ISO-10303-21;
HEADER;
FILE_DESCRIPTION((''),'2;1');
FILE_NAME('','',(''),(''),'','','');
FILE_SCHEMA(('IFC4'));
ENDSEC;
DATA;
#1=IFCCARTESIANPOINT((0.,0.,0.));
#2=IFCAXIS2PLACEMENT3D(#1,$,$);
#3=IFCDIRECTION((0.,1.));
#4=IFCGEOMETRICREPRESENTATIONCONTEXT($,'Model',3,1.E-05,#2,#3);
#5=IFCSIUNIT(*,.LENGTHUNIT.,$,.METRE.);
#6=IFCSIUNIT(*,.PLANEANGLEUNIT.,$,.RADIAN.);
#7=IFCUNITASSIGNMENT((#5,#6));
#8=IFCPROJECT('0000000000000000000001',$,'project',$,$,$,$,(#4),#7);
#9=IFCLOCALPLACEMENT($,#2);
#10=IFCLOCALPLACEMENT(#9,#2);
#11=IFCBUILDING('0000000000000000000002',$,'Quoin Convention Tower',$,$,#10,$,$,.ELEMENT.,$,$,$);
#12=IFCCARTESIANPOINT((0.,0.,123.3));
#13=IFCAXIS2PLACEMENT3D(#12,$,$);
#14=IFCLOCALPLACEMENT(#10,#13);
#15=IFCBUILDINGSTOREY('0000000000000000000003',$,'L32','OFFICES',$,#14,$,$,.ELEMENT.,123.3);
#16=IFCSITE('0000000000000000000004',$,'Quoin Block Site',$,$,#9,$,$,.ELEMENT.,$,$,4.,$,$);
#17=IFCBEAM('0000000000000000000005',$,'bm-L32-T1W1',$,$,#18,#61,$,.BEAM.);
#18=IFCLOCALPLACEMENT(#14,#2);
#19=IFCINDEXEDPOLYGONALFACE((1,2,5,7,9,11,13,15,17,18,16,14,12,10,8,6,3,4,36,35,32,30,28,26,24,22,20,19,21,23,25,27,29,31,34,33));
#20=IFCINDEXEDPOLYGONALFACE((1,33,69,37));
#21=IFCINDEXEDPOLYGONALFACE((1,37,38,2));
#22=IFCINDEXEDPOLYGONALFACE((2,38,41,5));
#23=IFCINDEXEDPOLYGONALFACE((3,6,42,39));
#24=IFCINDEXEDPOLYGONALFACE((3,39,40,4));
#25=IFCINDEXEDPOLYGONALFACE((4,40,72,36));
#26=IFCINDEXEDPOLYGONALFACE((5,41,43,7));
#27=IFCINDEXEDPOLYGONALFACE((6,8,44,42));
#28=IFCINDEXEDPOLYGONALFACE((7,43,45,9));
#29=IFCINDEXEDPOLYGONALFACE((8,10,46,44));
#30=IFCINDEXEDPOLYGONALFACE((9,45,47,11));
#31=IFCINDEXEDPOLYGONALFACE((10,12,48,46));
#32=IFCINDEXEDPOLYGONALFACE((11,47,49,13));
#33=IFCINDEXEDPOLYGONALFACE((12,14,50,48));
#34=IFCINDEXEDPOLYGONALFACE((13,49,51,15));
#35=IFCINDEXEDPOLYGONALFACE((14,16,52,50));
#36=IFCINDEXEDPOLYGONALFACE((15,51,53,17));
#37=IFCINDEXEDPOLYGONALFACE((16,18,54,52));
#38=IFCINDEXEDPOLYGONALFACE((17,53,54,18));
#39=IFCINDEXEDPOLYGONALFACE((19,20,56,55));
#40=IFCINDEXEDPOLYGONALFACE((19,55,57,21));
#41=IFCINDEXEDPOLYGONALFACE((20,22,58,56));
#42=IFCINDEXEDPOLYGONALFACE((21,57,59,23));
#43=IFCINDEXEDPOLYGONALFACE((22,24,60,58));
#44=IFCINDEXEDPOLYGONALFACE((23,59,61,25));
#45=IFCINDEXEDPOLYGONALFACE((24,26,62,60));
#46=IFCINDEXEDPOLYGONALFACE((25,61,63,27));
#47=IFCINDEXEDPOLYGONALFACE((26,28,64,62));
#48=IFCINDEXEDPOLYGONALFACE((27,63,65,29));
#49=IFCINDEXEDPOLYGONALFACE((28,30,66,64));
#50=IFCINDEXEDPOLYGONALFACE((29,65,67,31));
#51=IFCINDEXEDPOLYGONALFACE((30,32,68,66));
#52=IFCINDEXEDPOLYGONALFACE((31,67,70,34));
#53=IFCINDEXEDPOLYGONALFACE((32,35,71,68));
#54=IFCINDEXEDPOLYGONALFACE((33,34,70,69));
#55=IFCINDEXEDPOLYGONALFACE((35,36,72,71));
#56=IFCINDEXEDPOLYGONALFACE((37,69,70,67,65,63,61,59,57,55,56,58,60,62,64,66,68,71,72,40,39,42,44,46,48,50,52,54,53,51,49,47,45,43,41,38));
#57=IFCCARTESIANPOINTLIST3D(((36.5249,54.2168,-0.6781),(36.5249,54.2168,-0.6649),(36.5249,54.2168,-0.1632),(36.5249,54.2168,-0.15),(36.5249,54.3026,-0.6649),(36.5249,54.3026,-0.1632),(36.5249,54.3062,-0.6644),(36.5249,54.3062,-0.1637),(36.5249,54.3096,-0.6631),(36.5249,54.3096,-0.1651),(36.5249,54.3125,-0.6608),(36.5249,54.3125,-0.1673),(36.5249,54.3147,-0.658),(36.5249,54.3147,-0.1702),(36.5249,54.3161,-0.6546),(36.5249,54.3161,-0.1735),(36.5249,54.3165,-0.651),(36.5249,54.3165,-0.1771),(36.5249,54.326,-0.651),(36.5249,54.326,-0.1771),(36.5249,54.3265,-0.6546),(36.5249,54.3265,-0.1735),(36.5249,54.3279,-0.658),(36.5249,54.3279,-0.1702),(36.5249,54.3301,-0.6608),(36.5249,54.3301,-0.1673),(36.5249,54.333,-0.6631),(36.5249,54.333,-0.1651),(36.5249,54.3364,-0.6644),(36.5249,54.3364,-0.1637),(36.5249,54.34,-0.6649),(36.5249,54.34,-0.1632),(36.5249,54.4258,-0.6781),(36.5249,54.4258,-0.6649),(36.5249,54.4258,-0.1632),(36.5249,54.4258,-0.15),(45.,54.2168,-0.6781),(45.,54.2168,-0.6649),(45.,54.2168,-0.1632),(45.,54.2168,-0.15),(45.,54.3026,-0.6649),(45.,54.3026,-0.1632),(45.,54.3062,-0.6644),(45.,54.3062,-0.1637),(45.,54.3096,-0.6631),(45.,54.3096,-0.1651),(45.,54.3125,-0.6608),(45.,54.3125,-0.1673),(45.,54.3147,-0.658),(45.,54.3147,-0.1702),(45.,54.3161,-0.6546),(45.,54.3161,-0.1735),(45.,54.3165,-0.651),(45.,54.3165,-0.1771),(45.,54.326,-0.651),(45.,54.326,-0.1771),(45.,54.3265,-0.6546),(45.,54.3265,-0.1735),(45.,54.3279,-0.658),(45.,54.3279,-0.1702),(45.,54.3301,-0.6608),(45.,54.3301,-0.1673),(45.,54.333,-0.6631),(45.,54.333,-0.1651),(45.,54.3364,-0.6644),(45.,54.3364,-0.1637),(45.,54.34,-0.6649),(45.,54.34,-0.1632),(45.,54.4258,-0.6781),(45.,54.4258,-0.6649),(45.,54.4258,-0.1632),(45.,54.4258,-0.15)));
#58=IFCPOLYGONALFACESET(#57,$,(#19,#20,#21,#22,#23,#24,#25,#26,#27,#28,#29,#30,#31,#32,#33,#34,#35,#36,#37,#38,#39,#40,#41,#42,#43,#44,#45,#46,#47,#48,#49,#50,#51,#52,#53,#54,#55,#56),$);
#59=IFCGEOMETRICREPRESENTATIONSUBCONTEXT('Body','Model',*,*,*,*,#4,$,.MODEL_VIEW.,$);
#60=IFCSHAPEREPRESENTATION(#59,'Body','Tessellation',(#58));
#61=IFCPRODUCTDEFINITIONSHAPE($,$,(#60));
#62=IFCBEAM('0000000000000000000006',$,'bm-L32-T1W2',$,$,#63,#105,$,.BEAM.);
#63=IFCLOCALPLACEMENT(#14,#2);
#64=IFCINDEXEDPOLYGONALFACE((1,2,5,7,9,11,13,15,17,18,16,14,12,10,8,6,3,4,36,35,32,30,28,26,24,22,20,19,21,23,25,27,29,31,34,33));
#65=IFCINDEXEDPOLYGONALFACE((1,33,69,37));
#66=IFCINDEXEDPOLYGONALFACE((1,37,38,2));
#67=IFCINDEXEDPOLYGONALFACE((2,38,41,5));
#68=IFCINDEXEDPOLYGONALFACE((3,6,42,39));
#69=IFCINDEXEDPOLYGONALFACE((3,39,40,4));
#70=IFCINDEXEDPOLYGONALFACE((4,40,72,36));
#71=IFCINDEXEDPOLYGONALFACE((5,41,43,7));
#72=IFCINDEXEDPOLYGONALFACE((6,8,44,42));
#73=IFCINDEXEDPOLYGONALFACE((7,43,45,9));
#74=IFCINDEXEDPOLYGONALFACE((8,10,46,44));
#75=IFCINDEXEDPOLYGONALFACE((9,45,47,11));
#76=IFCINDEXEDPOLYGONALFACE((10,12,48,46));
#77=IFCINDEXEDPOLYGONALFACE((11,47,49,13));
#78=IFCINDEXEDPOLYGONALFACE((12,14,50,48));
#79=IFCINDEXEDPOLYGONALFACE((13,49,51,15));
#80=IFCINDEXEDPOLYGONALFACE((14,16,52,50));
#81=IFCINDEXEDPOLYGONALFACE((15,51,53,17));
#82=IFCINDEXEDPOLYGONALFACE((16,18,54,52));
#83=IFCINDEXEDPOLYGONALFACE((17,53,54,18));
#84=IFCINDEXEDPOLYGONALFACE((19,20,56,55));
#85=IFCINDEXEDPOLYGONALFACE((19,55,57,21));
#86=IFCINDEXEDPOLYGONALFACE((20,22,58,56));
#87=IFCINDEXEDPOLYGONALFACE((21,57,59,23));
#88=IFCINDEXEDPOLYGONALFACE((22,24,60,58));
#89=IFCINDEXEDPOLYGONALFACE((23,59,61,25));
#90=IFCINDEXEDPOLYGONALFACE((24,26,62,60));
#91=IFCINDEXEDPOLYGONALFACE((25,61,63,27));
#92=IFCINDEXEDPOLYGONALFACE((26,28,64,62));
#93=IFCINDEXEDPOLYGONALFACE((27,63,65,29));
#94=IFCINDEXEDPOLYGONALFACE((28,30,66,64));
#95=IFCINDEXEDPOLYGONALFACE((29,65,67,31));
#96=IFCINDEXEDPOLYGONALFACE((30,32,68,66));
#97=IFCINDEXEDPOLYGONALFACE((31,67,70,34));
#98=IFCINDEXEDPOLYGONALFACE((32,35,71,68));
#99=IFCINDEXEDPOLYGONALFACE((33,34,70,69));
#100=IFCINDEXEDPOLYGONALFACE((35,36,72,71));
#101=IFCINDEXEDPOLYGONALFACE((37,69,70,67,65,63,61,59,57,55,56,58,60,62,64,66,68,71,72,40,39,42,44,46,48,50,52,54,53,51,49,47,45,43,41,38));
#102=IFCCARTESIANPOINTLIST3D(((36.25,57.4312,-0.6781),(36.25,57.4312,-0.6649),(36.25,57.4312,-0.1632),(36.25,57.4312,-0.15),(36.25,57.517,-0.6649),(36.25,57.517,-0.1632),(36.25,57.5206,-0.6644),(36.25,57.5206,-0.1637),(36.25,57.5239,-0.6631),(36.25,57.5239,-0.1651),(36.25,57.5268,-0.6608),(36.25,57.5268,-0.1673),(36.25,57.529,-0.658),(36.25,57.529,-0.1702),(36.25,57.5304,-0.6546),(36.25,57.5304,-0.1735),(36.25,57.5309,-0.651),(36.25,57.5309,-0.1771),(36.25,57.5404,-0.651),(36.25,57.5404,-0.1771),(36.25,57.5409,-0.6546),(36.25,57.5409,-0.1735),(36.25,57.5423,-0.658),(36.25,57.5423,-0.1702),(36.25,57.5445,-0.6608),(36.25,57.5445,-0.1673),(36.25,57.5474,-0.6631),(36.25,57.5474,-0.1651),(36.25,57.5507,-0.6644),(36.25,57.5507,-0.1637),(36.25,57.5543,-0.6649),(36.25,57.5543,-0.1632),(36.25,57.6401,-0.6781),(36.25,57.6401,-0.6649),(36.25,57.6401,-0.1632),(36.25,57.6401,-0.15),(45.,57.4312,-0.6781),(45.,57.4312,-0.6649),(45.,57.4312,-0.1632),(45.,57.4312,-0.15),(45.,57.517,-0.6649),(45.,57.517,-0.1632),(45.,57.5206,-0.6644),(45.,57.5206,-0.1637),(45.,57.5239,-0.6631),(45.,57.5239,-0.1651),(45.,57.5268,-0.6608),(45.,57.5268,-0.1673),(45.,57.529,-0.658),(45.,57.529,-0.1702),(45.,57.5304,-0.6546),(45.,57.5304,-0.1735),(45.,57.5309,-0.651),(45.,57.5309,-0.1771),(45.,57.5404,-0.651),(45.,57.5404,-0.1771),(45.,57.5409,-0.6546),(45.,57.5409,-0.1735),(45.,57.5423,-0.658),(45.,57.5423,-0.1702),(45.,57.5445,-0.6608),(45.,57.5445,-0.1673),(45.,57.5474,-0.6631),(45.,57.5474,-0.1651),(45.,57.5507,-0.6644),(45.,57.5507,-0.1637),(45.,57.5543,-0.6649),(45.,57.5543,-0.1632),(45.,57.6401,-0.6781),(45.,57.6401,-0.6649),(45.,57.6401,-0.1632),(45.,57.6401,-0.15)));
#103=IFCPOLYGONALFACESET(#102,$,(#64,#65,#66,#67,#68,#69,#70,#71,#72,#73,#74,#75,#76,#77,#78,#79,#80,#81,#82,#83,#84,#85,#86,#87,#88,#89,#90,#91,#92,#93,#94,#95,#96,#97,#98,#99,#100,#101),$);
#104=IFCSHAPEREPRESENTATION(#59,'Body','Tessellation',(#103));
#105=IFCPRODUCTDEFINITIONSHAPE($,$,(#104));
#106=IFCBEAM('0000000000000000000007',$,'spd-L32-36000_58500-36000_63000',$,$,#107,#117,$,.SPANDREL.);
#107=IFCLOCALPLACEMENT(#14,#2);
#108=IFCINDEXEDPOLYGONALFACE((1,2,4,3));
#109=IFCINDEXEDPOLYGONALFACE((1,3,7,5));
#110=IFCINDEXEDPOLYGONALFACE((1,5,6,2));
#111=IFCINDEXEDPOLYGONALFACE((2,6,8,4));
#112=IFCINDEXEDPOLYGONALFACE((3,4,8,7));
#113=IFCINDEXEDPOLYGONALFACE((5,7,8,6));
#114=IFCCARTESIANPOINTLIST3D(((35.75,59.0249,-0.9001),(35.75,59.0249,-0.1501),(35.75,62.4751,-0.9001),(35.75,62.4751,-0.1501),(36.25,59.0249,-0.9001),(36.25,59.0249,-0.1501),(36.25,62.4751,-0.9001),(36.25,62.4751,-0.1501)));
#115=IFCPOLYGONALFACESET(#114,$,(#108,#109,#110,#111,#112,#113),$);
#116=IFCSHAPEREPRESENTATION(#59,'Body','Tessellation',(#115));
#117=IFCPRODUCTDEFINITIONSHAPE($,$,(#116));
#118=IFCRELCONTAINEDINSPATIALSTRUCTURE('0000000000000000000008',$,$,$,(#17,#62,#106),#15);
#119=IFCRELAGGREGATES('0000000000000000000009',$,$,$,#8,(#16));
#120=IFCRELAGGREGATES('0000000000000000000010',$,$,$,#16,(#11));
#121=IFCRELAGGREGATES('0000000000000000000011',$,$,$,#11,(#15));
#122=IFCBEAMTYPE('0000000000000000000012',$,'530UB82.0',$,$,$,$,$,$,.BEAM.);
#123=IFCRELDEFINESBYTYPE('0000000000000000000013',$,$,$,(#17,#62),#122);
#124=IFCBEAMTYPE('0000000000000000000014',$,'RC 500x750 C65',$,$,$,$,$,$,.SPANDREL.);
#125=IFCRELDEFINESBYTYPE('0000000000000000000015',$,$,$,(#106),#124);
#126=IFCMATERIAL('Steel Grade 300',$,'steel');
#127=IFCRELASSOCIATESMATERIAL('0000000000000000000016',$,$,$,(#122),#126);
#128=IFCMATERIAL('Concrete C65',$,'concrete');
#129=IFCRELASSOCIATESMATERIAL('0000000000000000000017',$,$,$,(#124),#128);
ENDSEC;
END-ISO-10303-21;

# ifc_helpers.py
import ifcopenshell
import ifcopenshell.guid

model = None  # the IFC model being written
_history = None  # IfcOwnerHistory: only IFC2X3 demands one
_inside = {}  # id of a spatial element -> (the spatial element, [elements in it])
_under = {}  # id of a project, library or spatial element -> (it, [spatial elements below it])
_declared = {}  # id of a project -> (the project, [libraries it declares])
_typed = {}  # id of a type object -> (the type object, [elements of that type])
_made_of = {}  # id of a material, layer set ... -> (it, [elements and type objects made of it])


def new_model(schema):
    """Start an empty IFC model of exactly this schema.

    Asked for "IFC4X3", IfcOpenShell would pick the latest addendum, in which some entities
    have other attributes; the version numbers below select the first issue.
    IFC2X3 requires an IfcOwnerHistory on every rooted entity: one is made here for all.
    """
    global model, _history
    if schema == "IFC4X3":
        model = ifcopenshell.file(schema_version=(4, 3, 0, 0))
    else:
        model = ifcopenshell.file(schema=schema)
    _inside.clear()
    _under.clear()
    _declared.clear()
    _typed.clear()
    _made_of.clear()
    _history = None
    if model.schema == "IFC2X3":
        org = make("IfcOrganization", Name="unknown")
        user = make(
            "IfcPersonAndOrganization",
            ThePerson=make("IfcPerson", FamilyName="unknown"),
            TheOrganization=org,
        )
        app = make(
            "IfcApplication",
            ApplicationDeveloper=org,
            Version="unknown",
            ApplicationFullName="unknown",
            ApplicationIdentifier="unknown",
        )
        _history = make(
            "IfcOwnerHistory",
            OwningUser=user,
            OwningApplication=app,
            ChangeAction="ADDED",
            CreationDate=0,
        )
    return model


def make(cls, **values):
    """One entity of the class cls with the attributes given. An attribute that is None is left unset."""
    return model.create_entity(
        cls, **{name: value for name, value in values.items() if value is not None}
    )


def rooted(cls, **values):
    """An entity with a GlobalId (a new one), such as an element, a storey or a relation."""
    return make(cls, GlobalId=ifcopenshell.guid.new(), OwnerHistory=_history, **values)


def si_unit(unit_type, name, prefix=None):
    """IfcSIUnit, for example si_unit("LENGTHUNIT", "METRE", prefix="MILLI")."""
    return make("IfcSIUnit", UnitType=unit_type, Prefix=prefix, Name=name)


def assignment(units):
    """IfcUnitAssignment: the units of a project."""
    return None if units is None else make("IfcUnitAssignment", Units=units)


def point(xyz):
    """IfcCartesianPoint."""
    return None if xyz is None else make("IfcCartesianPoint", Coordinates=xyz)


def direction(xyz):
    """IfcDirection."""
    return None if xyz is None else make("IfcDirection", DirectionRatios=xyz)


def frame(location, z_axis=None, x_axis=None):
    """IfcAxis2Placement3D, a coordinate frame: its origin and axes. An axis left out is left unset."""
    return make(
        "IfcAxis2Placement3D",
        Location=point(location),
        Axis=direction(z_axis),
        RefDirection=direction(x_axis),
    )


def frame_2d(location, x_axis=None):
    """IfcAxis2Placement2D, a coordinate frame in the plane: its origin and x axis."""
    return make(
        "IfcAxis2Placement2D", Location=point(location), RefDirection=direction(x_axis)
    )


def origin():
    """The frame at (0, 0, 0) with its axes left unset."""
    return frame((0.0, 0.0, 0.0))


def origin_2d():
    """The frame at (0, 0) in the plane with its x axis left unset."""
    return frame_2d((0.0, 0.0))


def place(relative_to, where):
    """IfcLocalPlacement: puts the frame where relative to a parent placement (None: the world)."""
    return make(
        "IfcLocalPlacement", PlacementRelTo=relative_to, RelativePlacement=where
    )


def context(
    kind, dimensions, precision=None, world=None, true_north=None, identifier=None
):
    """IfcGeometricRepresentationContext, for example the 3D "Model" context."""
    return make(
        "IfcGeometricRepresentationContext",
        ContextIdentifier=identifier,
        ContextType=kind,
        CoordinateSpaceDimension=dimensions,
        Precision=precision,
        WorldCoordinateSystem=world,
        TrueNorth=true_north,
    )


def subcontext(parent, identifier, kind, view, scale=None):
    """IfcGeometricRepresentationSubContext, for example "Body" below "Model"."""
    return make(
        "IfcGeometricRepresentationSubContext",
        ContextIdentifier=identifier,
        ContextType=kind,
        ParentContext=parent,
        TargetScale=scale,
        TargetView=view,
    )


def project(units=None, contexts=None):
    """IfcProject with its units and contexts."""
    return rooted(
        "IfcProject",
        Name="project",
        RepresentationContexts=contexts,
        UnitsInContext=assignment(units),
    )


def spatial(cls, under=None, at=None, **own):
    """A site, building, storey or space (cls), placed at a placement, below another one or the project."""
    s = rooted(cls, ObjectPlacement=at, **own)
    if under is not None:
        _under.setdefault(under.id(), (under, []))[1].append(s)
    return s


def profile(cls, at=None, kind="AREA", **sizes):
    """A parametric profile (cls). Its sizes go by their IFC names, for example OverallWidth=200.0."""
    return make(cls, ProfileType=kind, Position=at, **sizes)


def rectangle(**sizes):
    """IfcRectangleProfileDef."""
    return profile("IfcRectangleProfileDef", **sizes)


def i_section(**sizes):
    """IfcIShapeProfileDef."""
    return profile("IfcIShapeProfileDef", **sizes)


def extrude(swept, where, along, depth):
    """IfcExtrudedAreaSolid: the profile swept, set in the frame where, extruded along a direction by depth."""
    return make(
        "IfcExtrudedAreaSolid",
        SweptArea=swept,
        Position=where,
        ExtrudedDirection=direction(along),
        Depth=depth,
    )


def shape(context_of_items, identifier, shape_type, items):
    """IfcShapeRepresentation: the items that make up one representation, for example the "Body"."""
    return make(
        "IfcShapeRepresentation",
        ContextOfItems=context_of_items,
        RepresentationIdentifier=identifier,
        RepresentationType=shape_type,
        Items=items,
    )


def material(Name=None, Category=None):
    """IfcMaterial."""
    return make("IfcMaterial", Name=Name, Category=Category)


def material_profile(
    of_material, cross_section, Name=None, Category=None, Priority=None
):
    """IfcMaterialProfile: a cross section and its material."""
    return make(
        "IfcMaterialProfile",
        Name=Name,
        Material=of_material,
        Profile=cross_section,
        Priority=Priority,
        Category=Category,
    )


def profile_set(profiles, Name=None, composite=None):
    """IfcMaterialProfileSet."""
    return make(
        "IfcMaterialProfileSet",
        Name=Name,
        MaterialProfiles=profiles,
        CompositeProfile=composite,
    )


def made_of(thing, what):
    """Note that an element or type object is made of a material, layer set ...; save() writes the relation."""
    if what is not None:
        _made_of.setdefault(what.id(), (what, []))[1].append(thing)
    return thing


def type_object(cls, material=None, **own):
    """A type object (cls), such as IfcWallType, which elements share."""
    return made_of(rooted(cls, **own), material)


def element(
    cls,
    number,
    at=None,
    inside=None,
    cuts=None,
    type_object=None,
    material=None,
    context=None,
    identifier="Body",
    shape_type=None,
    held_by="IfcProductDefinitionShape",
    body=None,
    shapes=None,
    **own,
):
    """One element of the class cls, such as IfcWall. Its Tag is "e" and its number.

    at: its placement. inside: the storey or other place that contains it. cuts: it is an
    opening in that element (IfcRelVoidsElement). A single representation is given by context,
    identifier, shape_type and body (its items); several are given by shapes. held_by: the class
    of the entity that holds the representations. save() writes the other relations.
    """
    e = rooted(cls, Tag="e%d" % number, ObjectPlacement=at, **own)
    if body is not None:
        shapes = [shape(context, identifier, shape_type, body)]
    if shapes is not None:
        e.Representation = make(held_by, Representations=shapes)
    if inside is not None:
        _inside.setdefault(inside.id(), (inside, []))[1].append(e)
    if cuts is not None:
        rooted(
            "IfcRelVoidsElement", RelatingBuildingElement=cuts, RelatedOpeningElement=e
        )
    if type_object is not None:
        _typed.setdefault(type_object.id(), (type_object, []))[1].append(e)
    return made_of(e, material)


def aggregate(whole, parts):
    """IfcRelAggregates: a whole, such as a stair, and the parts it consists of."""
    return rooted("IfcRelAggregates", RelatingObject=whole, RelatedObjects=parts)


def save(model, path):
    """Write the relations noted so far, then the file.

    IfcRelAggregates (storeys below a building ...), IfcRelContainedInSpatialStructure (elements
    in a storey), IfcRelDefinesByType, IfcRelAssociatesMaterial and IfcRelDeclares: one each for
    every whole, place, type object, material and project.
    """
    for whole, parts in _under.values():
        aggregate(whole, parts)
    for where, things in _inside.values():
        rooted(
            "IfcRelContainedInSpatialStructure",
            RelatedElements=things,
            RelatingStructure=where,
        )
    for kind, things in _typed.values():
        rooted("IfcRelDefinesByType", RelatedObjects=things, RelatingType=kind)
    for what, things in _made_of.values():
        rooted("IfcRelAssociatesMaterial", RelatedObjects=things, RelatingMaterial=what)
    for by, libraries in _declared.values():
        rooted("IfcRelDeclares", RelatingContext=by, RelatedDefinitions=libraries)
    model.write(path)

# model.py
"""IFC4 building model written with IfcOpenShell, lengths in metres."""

from ifc_helpers import new_model, si_unit, direction, frame, origin, origin_2d, place, context, subcontext, project, spatial, rectangle, i_section, extrude, material, material_profile, profile_set, type_object, element, save


model = new_model("IFC4")

# Units and contexts
model_context = context("Model", 3, precision=1e-05, world=origin(), true_north=direction((0.0, 1.0)))
body_context = subcontext(model_context, "Body", "Model", "MODEL_VIEW")
ifc_project = project(units=[si_unit("LENGTHUNIT", "METRE"), si_unit("PLANEANGLEUNIT", "RADIAN")], contexts=[model_context])

# Site, building, storey
site_placement = place(None, origin())
site = spatial("IfcSite", under=ifc_project, at=site_placement, Name="Quoin Block Site", CompositionType="ELEMENT", RefElevation=4.0)
building_placement = place(site_placement, origin())
building = spatial("IfcBuilding", under=site, at=building_placement, Name="Quoin Convention Tower", CompositionType="ELEMENT")
storey_placement = place(building_placement, frame((0.0, 0.0, 123.3)))
storey = spatial("IfcBuildingStorey", under=building, at=storey_placement, Name="L32", Description="OFFICES", CompositionType="ELEMENT", Elevation=123.3)

# Beams
ifc_material_1 = material(Name="Steel Grade 300", Category="steel")
ifc_material_profile_1 = material_profile(ifc_material_1, i_section(OverallWidth=0.209, OverallDepth=0.5281, WebThickness=0.0095, FlangeThickness=0.0132, FilletRadius=0.0139, at=origin_2d()), Name="530UB82.0")
ifc_profile_set_1 = profile_set([ifc_material_profile_1], Name="Steel Grade 300")
beam_type_1 = type_object("IfcBeamType", Name="530UB82.0", PredefinedType="BEAM", material=ifc_profile_set_1)
beam_1_placement = place(storey_placement, frame((36.5249, 54.3213, -0.4141), z_axis=(1.0, 0.0, 0.0), x_axis=(0.0, 1.0, 0.0)))
element("IfcBeam", 1, at=beam_1_placement, inside=storey, type_object=beam_type_1, Name="bm-L32-T1W1", PredefinedType="BEAM", context=body_context, shape_type="SweptSolid", body=[
    extrude(i_section(OverallWidth=0.209, OverallDepth=0.5281, WebThickness=0.0095, FlangeThickness=0.0132, FilletRadius=0.0139, at=origin_2d()), origin(), (0.0, 0.0, 1.0), 8.4751),
])
beam_2_placement = place(storey_placement, frame((36.25, 57.5356, -0.4141), z_axis=(1.0, 0.0, 0.0), x_axis=(0.0, 1.0, 0.0)))
element("IfcBeam", 2, at=beam_2_placement, inside=storey, type_object=beam_type_1, Name="bm-L32-T1W2", PredefinedType="BEAM", context=body_context, shape_type="SweptSolid", body=[
    extrude(i_section(OverallWidth=0.209, OverallDepth=0.5281, WebThickness=0.0095, FlangeThickness=0.0132, FilletRadius=0.0139, at=origin_2d()), origin(), (0.0, 0.0, 1.0), 8.75),
])
ifc_material_2 = material(Name="Concrete C65", Category="concrete")
ifc_material_profile_2 = material_profile(ifc_material_2, rectangle(XDim=0.5, YDim=0.75, at=origin_2d()), Name="RC 500x750")
ifc_profile_set_2 = profile_set([ifc_material_profile_2], Name="Concrete C65")
beam_type_2 = type_object("IfcBeamType", Name="RC 500x750 C65", PredefinedType="SPANDREL", material=ifc_profile_set_2)
beam_3_placement = place(storey_placement, frame((36.0, 59.0249, -0.5251), z_axis=(0.0, 1.0, 0.0), x_axis=(-1.0, 0.0, 0.0)))
element("IfcBeam", 3, at=beam_3_placement, inside=storey, type_object=beam_type_2, Name="spd-L32-36000_58500-36000_63000", PredefinedType="SPANDREL", context=body_context, shape_type="SweptSolid", body=[
    extrude(rectangle(XDim=0.5, YDim=0.75, at=origin_2d()), origin(), (0.0, 0.0, 1.0), 3.4502),
])

save(model, "model.ifc")
